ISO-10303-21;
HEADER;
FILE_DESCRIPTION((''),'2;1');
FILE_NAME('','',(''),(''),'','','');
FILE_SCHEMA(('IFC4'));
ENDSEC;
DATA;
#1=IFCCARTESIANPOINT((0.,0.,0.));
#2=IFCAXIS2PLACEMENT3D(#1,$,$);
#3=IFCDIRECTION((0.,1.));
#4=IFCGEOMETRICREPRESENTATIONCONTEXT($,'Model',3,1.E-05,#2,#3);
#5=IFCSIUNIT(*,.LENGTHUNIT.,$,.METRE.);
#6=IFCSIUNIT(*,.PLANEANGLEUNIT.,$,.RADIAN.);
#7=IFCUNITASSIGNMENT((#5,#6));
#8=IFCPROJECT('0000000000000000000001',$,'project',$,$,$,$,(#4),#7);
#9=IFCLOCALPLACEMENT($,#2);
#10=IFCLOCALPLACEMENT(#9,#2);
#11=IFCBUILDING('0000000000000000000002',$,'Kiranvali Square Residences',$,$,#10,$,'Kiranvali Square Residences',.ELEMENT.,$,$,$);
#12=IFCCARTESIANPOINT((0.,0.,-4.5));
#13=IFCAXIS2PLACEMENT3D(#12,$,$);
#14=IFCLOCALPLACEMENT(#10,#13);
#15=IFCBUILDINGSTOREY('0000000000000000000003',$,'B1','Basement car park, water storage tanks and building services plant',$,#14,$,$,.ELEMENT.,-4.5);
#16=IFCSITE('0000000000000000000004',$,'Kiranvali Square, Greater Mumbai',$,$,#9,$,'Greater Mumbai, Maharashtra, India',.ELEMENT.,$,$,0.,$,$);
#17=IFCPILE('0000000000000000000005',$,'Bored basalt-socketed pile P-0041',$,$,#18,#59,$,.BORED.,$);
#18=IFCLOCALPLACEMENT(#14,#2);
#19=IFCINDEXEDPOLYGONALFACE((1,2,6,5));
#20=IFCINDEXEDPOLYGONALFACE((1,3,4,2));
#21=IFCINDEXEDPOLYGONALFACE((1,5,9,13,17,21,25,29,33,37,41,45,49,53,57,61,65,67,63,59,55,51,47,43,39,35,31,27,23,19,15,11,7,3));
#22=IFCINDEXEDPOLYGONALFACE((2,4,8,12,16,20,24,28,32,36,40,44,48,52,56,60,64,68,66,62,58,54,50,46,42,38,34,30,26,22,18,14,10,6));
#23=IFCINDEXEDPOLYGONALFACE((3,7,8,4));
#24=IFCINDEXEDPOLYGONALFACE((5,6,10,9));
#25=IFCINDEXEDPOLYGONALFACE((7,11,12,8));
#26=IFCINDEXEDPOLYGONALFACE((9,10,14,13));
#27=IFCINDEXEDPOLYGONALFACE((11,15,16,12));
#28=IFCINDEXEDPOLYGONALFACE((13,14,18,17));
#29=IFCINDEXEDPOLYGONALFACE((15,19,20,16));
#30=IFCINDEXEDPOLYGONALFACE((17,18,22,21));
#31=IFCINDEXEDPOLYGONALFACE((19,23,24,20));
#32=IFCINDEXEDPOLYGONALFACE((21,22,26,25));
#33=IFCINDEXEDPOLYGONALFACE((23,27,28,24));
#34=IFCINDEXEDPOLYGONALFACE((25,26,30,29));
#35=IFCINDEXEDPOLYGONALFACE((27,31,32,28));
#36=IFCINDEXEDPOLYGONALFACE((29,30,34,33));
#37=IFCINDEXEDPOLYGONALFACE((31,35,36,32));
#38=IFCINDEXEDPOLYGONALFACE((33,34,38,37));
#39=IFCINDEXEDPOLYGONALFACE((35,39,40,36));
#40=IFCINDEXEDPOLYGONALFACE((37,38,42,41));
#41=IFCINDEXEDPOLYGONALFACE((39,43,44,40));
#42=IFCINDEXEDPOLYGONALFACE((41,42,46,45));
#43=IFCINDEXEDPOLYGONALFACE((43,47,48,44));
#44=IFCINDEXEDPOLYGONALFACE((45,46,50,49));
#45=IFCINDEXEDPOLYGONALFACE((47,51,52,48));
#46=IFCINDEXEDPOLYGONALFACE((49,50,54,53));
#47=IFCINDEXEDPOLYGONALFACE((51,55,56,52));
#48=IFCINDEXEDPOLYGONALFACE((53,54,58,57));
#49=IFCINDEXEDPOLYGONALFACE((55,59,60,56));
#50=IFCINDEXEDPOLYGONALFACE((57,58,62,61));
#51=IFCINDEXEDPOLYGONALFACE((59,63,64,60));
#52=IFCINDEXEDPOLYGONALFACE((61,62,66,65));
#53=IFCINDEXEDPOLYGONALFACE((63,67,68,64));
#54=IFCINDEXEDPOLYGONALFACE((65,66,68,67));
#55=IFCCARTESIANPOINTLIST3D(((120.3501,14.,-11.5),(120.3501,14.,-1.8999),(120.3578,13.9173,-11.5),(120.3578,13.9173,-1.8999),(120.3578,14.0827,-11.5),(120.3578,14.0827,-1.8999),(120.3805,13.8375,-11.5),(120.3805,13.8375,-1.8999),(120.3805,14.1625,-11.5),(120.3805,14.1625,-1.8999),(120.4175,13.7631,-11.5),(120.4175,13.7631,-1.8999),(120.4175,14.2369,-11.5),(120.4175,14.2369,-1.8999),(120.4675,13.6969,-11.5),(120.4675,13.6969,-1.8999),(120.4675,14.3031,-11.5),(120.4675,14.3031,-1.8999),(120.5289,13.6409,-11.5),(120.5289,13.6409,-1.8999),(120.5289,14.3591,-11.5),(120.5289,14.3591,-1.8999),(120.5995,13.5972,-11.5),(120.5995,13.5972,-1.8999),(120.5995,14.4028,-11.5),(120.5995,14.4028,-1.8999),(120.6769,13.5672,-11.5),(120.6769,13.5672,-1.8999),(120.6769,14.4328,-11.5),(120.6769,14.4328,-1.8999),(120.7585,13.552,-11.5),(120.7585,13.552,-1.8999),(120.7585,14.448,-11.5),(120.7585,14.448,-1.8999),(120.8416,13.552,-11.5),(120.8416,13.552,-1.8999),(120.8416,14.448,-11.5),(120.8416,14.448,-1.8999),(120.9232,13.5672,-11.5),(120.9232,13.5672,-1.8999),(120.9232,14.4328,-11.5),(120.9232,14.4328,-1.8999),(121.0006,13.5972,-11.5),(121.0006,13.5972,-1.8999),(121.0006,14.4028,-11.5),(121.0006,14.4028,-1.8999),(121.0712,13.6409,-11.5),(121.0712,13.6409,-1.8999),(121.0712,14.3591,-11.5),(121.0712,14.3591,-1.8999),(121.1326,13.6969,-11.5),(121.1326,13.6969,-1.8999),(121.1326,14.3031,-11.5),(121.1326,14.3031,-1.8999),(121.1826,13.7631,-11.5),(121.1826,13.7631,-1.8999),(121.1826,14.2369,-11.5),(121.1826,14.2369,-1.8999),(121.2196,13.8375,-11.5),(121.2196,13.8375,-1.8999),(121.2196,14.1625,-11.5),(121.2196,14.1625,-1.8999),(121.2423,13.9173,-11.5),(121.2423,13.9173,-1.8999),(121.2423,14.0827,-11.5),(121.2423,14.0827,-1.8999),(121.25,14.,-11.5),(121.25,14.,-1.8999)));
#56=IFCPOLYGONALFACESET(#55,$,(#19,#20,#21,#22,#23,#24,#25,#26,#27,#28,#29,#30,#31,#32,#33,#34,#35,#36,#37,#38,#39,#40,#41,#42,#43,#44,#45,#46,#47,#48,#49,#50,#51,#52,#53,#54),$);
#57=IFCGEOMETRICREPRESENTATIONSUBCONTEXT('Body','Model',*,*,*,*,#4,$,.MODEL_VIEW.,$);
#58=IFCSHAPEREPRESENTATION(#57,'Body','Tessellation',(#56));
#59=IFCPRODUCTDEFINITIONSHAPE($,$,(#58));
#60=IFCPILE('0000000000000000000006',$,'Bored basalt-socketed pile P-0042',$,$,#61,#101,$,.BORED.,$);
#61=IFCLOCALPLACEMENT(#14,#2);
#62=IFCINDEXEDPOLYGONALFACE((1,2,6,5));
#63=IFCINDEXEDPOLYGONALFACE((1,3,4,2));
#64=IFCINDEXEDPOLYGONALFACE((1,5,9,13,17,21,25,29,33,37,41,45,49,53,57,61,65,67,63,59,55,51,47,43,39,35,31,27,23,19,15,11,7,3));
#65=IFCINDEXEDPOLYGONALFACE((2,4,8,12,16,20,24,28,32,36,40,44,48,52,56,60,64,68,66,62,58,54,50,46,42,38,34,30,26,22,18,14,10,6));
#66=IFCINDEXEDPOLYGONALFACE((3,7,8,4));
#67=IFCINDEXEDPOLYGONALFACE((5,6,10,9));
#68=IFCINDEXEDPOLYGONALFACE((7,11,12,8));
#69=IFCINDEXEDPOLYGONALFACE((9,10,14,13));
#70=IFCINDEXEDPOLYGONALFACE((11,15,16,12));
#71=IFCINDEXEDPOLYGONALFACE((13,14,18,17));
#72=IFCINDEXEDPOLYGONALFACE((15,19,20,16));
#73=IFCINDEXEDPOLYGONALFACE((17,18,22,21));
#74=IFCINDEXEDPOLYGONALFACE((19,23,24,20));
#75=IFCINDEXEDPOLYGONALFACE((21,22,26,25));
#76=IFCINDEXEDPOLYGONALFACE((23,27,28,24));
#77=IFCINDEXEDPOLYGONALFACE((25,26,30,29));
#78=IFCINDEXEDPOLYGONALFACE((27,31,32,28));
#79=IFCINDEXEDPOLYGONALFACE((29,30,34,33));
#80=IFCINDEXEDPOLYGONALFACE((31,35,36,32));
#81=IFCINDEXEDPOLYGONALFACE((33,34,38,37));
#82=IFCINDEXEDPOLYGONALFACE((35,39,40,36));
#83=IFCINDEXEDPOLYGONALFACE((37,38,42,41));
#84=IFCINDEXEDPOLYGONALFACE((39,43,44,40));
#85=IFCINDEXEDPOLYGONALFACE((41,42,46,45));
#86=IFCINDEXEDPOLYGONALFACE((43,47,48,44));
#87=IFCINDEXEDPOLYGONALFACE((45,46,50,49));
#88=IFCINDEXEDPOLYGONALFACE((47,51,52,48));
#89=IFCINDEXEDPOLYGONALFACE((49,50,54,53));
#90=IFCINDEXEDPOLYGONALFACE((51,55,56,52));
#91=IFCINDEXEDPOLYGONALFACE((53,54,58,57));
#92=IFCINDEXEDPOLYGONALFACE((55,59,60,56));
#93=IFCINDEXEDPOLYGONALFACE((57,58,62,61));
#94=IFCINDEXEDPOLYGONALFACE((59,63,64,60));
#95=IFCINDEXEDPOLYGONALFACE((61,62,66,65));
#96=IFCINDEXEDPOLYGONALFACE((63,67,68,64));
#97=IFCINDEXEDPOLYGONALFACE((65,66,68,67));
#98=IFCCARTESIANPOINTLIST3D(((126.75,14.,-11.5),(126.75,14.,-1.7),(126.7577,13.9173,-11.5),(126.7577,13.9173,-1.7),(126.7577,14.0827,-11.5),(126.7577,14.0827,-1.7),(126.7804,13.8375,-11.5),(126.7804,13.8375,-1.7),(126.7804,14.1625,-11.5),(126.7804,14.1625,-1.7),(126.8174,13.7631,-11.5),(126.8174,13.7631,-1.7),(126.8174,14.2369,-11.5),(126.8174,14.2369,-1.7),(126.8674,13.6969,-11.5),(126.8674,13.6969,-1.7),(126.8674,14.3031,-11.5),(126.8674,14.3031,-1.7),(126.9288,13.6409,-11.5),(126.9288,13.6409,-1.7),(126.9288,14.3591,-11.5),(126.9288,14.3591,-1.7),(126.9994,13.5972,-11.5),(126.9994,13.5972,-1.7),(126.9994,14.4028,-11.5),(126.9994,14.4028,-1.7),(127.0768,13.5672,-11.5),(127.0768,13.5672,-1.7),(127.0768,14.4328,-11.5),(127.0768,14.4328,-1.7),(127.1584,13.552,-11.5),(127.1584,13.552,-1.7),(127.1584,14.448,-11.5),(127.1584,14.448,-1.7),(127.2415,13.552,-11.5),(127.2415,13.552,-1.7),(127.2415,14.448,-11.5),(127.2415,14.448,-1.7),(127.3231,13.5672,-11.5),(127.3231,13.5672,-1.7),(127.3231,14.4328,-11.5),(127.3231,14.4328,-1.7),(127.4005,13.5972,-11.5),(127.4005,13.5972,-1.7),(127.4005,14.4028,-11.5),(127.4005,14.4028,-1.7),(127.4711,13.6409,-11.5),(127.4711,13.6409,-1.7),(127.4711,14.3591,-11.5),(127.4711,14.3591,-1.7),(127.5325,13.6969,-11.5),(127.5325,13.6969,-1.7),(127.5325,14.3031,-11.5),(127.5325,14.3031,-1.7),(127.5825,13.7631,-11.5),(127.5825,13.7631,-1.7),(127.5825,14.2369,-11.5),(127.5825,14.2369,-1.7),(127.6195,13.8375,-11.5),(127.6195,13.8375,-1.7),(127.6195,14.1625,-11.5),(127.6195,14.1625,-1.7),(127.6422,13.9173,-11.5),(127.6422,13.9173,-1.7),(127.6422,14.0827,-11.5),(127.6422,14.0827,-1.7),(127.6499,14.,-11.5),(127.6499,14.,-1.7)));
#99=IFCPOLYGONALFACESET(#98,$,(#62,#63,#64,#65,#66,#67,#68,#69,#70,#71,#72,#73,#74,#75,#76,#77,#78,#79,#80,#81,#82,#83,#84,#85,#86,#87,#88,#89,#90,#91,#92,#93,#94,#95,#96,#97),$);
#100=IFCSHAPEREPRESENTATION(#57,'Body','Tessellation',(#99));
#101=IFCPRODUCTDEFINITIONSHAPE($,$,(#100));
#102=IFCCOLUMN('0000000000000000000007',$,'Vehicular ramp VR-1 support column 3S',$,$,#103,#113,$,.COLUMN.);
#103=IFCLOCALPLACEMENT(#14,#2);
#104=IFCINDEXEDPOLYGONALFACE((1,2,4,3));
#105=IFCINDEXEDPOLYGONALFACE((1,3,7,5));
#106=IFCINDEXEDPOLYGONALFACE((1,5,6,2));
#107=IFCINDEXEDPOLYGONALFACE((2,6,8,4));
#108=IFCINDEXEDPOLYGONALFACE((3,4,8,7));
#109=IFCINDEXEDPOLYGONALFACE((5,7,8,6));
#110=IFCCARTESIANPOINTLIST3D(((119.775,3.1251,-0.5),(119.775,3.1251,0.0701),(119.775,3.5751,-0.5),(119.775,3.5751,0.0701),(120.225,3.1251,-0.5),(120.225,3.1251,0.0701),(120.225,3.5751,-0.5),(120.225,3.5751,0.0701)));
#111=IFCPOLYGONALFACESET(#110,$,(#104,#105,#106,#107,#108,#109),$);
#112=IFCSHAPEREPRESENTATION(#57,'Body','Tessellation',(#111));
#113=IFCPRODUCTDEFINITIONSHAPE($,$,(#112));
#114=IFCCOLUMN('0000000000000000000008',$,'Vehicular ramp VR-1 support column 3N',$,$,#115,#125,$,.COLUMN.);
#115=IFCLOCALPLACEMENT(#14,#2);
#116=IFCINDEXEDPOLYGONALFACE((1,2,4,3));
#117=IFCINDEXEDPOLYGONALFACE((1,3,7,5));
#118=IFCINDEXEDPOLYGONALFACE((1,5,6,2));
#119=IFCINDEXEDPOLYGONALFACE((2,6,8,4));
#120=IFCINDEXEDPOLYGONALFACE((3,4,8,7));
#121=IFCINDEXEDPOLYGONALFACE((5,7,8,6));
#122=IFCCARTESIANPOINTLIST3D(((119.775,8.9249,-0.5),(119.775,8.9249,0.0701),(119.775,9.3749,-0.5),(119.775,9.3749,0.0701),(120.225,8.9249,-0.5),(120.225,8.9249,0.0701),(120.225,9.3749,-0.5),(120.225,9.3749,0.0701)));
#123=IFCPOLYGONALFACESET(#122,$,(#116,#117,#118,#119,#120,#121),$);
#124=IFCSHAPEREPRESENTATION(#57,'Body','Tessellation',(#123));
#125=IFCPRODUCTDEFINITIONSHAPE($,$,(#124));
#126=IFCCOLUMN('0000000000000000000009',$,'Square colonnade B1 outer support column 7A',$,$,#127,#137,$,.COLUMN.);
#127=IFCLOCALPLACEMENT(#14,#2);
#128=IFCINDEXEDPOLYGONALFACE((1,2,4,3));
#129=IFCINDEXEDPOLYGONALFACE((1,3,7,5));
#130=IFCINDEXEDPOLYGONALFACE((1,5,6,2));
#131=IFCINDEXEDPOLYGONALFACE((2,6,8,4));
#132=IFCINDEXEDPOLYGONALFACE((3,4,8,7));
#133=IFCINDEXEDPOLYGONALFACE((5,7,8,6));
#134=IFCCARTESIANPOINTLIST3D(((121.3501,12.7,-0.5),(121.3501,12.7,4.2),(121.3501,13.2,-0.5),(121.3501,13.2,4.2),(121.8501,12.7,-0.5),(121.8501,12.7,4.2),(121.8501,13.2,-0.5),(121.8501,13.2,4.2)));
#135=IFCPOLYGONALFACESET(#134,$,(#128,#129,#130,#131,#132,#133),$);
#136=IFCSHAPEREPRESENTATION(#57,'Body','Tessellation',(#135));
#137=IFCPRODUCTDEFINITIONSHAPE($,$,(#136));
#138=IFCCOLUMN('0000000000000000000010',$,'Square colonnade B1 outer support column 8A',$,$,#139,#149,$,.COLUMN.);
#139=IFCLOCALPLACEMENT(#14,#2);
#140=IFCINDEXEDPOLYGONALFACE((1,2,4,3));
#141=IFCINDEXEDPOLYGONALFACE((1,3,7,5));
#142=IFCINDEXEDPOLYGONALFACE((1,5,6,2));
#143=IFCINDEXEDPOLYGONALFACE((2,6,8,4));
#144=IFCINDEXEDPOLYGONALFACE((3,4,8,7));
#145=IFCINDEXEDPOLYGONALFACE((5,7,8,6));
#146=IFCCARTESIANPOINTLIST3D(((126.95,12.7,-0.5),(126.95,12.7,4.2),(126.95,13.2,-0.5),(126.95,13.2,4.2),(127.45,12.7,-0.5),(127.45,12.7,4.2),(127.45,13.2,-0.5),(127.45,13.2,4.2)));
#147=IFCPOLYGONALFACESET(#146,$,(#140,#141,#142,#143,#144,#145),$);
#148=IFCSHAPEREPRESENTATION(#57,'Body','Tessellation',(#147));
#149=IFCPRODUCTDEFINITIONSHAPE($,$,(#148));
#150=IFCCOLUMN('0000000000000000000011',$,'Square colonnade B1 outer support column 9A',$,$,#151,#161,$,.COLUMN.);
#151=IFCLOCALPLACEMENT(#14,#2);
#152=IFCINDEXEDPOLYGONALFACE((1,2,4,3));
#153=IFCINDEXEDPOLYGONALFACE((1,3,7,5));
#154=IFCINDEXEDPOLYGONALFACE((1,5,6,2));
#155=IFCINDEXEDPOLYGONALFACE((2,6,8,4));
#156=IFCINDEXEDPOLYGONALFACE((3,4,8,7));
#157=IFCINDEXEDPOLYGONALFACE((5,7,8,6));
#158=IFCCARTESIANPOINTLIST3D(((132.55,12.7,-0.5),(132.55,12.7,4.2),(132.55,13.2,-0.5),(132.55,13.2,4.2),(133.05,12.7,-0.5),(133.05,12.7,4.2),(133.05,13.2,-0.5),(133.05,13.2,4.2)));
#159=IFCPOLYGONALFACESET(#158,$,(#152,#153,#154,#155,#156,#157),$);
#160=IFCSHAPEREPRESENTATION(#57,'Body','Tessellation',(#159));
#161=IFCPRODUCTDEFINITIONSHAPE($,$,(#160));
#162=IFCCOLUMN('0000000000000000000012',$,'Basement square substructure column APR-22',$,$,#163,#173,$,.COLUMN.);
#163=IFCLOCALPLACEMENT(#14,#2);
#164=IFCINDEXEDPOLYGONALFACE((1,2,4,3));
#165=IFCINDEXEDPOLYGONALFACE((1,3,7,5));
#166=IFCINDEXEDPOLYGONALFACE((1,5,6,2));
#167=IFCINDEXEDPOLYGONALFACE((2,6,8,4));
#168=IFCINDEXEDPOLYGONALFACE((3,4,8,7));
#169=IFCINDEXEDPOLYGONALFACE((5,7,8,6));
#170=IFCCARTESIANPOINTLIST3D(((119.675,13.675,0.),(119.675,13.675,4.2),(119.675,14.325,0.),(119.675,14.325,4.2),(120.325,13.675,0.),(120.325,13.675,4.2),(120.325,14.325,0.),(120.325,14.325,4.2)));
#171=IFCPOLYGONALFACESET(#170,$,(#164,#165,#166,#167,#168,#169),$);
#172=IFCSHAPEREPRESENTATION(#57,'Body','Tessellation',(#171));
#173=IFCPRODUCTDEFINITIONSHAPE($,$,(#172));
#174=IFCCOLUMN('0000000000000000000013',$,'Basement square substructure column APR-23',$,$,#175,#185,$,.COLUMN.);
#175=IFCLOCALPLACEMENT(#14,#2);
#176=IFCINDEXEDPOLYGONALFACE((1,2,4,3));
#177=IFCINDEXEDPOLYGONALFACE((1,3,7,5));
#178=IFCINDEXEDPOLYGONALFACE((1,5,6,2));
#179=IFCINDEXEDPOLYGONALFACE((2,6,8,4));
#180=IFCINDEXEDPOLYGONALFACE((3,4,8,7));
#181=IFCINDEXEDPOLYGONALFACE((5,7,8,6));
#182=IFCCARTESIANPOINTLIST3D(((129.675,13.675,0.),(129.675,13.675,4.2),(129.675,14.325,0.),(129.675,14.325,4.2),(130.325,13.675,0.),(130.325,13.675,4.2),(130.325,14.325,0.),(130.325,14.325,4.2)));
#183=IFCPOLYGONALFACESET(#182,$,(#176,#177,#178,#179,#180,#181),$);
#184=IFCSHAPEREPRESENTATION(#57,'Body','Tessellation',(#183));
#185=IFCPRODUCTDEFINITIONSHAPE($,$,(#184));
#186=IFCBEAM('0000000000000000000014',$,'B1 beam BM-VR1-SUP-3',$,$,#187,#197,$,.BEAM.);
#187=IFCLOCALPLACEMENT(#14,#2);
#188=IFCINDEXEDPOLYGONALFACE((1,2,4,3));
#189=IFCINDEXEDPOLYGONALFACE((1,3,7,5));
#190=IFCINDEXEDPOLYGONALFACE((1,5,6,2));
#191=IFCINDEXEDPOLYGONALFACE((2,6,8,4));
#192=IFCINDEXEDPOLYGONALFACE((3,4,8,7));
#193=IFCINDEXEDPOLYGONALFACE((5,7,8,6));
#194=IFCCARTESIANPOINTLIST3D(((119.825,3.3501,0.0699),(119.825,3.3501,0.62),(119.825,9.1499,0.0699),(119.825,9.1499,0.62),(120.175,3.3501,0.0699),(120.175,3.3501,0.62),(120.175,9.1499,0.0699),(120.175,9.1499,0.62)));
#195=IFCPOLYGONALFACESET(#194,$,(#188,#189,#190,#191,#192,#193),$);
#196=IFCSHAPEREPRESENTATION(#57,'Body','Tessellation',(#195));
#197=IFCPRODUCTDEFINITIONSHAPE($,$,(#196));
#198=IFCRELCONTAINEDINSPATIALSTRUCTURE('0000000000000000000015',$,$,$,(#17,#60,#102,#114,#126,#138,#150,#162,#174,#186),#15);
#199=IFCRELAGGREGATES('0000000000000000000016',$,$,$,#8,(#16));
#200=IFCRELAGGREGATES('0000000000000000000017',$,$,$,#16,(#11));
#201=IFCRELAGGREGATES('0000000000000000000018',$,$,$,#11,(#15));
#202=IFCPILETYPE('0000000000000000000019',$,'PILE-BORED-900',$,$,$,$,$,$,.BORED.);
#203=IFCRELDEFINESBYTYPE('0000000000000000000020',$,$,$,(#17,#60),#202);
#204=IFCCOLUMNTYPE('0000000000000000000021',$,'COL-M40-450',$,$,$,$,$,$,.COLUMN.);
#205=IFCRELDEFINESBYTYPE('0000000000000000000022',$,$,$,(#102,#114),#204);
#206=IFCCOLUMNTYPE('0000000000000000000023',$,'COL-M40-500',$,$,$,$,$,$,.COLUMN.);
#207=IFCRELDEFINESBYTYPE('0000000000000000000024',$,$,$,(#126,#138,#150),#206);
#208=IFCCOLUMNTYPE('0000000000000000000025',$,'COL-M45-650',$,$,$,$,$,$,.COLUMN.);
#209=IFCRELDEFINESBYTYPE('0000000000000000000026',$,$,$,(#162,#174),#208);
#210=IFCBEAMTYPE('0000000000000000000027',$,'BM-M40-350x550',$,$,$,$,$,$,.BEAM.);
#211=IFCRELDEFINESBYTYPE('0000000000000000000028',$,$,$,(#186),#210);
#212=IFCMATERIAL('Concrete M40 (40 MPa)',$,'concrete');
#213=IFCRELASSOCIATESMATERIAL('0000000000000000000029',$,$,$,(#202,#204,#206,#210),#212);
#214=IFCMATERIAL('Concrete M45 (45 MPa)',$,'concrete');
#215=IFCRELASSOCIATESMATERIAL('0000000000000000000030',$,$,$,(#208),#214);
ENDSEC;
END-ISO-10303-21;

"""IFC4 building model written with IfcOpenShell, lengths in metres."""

from ifc_helpers import new_model, si_unit, direction, frame, origin, origin_2d, place, context, subcontext, project, spatial, rectangle, circle, extrude, material, material_profile, profile_set, type_object, element, save


model = new_model("IFC4")

# Units and contexts
model_context = context("Model", 3, precision=1e-05, world=origin(), true_north=direction((0.0, 1.0)))
body_context = subcontext(model_context, "Body", "Model", "MODEL_VIEW")
ifc_project = project(units=[si_unit("LENGTHUNIT", "METRE"), si_unit("PLANEANGLEUNIT", "RADIAN")], contexts=[model_context])

# Site, building, storey
site_placement = place(None, origin())
site = spatial("IfcSite", under=ifc_project, at=site_placement, Name="Kiranvali Square, Greater Mumbai", LongName="Greater Mumbai, Maharashtra, India", CompositionType="ELEMENT", RefElevation=0.0)
building_placement = place(site_placement, origin())
building = spatial("IfcBuilding", under=site, at=building_placement, Name="Kiranvali Square Residences", LongName="Kiranvali Square Residences", CompositionType="ELEMENT")
storey_placement = place(building_placement, frame((0.0, 0.0, -4.5)))
storey = spatial("IfcBuildingStorey", under=building, at=storey_placement, Name="B1", Description="Basement car park, water storage tanks and building services plant", CompositionType="ELEMENT", Elevation=-4.5)

# Shared definitions
ifc_material_1 = material(Name="Concrete M40 (40 MPa)", Category="concrete")

# Piles
ifc_material_profile_1 = material_profile(ifc_material_1, circle(Radius=0.45, at=origin_2d()), Name="BORED PILE 900")
ifc_profile_set_1 = profile_set([ifc_material_profile_1], Name="Concrete M40 (40 MPa)")
pile_type_1 = type_object("IfcPileType", Name="PILE-BORED-900", PredefinedType="BORED", material=ifc_profile_set_1)
pile_1_placement = place(storey_placement, frame((120.8, 14.0, -1.8999), z_axis=(0.0, 0.0, -1.0), x_axis=(1.0, 0.0, 0.0)))
element("IfcPile", 1, at=pile_1_placement, inside=storey, type_object=pile_type_1, Name="Bored basalt-socketed pile P-0041", PredefinedType="BORED", context=body_context, shape_type="SweptSolid", body=[
    extrude(circle(Radius=0.45, at=origin_2d()), origin(), (0.0, 0.0, 1.0), 9.6001),
])
pile_2_placement = place(storey_placement, frame((127.2, 14.0, -1.7), z_axis=(0.0, 0.0, -1.0), x_axis=(1.0, 0.0, 0.0)))
element("IfcPile", 2, at=pile_2_placement, inside=storey, type_object=pile_type_1, Name="Bored basalt-socketed pile P-0042", PredefinedType="BORED", context=body_context, shape_type="SweptSolid", body=[
    extrude(circle(Radius=0.45, at=origin_2d()), origin(), (0.0, 0.0, 1.0), 9.8),
])

# Columns
ifc_material_profile_2 = material_profile(ifc_material_1, rectangle(XDim=0.45, YDim=0.45, at=origin_2d()), Name="RC 450x450")
ifc_profile_set_2 = profile_set([ifc_material_profile_2], Name="Concrete M40 (40 MPa)")
column_type_1 = type_object("IfcColumnType", Name="COL-M40-450", PredefinedType="COLUMN", material=ifc_profile_set_2)
for number, where, z_axis, x_axis, name in (
    (3, (120.0, 3.3501, -0.5), (0.0, 0.0, 1.0), (1.0, 0.0, 0.0), "Vehicular ramp VR-1 support column 3S"),
    (4, (120.0, 9.1499, -0.5), (0.0, 0.0, 1.0), (1.0, 0.0, 0.0), "Vehicular ramp VR-1 support column 3N"),
):
    element("IfcColumn", number, at=place(storey_placement, frame(where, z_axis=z_axis, x_axis=x_axis)), inside=storey, type_object=column_type_1, Name=name, PredefinedType="COLUMN", context=body_context, shape_type="SweptSolid", body=[
        extrude(rectangle(XDim=0.45, YDim=0.45, at=origin_2d()), origin(), (0.0, 0.0, 1.0), 0.5701),
    ])
ifc_material_profile_3 = material_profile(ifc_material_1, rectangle(XDim=0.5, YDim=0.5, at=origin_2d()), Name="RC 500x500")
ifc_profile_set_3 = profile_set([ifc_material_profile_3], Name="Concrete M40 (40 MPa)")
column_type_2 = type_object("IfcColumnType", Name="COL-M40-500", PredefinedType="COLUMN", material=ifc_profile_set_3)
for number, where, z_axis, x_axis, name in (
    (5, (121.6001, 12.95, -0.5), (0.0, 0.0, 1.0), (1.0, 0.0, 0.0), "Square colonnade B1 outer support column 7A"),
    (6, (127.2, 12.95, -0.5), (0.0, 0.0, 1.0), (1.0, 0.0, 0.0), "Square colonnade B1 outer support column 8A"),
    (7, (132.8, 12.95, -0.5), (0.0, 0.0, 1.0), (1.0, 0.0, 0.0), "Square colonnade B1 outer support column 9A"),
):
    element("IfcColumn", number, at=place(storey_placement, frame(where, z_axis=z_axis, x_axis=x_axis)), inside=storey, type_object=column_type_2, Name=name, PredefinedType="COLUMN", context=body_context, shape_type="SweptSolid", body=[
        extrude(rectangle(XDim=0.5, YDim=0.5, at=origin_2d()), origin(), (0.0, 0.0, 1.0), 4.7),
    ])
ifc_material_2 = material(Name="Concrete M45 (45 MPa)", Category="concrete")
ifc_material_profile_4 = material_profile(ifc_material_2, rectangle(XDim=0.6499, YDim=0.6499, at=origin_2d()), Name="RC 650x650")
ifc_profile_set_4 = profile_set([ifc_material_profile_4], Name="Concrete M45 (45 MPa)")
column_type_3 = type_object("IfcColumnType", Name="COL-M45-650", PredefinedType="COLUMN", material=ifc_profile_set_4)
for number, where, z_axis, x_axis, name in (
    (8, (120.0, 14.0, 0.0), (0.0, 0.0, 1.0), (1.0, 0.0, 0.0), "Basement square substructure column APR-22"),
    (9, (130.0, 14.0, 0.0), (0.0, 0.0, 1.0), (1.0, 0.0, 0.0), "Basement square substructure column APR-23"),
):
    element("IfcColumn", number, at=place(storey_placement, frame(where, z_axis=z_axis, x_axis=x_axis)), inside=storey, type_object=column_type_3, Name=name, PredefinedType="COLUMN", context=body_context, shape_type="SweptSolid", body=[
        extrude(rectangle(XDim=0.6499, YDim=0.6499, at=origin_2d()), origin(), (0.0, 0.0, 1.0), 4.2),
    ])

# Beam
ifc_material_profile_5 = material_profile(ifc_material_1, rectangle(XDim=0.3501, YDim=0.55, at=origin_2d()), Name="RC 350x550")
ifc_profile_set_5 = profile_set([ifc_material_profile_5], Name="Concrete M40 (40 MPa)")
beam_type_1 = type_object("IfcBeamType", Name="BM-M40-350x550", PredefinedType="BEAM", material=ifc_profile_set_5)
beam_1_placement = place(storey_placement, frame((120.0, 3.3501, 0.345), z_axis=(0.0, 1.0, 0.0), x_axis=(-1.0, 0.0, 0.0)))
element("IfcBeam", 10, at=beam_1_placement, inside=storey, type_object=beam_type_1, Name="B1 beam BM-VR1-SUP-3", PredefinedType="BEAM", context=body_context, shape_type="SweptSolid", body=[
    extrude(rectangle(XDim=0.3501, YDim=0.55, at=origin_2d()), origin(), (0.0, 0.0, 1.0), 5.7998),
])

save(model, "model.ifc")
